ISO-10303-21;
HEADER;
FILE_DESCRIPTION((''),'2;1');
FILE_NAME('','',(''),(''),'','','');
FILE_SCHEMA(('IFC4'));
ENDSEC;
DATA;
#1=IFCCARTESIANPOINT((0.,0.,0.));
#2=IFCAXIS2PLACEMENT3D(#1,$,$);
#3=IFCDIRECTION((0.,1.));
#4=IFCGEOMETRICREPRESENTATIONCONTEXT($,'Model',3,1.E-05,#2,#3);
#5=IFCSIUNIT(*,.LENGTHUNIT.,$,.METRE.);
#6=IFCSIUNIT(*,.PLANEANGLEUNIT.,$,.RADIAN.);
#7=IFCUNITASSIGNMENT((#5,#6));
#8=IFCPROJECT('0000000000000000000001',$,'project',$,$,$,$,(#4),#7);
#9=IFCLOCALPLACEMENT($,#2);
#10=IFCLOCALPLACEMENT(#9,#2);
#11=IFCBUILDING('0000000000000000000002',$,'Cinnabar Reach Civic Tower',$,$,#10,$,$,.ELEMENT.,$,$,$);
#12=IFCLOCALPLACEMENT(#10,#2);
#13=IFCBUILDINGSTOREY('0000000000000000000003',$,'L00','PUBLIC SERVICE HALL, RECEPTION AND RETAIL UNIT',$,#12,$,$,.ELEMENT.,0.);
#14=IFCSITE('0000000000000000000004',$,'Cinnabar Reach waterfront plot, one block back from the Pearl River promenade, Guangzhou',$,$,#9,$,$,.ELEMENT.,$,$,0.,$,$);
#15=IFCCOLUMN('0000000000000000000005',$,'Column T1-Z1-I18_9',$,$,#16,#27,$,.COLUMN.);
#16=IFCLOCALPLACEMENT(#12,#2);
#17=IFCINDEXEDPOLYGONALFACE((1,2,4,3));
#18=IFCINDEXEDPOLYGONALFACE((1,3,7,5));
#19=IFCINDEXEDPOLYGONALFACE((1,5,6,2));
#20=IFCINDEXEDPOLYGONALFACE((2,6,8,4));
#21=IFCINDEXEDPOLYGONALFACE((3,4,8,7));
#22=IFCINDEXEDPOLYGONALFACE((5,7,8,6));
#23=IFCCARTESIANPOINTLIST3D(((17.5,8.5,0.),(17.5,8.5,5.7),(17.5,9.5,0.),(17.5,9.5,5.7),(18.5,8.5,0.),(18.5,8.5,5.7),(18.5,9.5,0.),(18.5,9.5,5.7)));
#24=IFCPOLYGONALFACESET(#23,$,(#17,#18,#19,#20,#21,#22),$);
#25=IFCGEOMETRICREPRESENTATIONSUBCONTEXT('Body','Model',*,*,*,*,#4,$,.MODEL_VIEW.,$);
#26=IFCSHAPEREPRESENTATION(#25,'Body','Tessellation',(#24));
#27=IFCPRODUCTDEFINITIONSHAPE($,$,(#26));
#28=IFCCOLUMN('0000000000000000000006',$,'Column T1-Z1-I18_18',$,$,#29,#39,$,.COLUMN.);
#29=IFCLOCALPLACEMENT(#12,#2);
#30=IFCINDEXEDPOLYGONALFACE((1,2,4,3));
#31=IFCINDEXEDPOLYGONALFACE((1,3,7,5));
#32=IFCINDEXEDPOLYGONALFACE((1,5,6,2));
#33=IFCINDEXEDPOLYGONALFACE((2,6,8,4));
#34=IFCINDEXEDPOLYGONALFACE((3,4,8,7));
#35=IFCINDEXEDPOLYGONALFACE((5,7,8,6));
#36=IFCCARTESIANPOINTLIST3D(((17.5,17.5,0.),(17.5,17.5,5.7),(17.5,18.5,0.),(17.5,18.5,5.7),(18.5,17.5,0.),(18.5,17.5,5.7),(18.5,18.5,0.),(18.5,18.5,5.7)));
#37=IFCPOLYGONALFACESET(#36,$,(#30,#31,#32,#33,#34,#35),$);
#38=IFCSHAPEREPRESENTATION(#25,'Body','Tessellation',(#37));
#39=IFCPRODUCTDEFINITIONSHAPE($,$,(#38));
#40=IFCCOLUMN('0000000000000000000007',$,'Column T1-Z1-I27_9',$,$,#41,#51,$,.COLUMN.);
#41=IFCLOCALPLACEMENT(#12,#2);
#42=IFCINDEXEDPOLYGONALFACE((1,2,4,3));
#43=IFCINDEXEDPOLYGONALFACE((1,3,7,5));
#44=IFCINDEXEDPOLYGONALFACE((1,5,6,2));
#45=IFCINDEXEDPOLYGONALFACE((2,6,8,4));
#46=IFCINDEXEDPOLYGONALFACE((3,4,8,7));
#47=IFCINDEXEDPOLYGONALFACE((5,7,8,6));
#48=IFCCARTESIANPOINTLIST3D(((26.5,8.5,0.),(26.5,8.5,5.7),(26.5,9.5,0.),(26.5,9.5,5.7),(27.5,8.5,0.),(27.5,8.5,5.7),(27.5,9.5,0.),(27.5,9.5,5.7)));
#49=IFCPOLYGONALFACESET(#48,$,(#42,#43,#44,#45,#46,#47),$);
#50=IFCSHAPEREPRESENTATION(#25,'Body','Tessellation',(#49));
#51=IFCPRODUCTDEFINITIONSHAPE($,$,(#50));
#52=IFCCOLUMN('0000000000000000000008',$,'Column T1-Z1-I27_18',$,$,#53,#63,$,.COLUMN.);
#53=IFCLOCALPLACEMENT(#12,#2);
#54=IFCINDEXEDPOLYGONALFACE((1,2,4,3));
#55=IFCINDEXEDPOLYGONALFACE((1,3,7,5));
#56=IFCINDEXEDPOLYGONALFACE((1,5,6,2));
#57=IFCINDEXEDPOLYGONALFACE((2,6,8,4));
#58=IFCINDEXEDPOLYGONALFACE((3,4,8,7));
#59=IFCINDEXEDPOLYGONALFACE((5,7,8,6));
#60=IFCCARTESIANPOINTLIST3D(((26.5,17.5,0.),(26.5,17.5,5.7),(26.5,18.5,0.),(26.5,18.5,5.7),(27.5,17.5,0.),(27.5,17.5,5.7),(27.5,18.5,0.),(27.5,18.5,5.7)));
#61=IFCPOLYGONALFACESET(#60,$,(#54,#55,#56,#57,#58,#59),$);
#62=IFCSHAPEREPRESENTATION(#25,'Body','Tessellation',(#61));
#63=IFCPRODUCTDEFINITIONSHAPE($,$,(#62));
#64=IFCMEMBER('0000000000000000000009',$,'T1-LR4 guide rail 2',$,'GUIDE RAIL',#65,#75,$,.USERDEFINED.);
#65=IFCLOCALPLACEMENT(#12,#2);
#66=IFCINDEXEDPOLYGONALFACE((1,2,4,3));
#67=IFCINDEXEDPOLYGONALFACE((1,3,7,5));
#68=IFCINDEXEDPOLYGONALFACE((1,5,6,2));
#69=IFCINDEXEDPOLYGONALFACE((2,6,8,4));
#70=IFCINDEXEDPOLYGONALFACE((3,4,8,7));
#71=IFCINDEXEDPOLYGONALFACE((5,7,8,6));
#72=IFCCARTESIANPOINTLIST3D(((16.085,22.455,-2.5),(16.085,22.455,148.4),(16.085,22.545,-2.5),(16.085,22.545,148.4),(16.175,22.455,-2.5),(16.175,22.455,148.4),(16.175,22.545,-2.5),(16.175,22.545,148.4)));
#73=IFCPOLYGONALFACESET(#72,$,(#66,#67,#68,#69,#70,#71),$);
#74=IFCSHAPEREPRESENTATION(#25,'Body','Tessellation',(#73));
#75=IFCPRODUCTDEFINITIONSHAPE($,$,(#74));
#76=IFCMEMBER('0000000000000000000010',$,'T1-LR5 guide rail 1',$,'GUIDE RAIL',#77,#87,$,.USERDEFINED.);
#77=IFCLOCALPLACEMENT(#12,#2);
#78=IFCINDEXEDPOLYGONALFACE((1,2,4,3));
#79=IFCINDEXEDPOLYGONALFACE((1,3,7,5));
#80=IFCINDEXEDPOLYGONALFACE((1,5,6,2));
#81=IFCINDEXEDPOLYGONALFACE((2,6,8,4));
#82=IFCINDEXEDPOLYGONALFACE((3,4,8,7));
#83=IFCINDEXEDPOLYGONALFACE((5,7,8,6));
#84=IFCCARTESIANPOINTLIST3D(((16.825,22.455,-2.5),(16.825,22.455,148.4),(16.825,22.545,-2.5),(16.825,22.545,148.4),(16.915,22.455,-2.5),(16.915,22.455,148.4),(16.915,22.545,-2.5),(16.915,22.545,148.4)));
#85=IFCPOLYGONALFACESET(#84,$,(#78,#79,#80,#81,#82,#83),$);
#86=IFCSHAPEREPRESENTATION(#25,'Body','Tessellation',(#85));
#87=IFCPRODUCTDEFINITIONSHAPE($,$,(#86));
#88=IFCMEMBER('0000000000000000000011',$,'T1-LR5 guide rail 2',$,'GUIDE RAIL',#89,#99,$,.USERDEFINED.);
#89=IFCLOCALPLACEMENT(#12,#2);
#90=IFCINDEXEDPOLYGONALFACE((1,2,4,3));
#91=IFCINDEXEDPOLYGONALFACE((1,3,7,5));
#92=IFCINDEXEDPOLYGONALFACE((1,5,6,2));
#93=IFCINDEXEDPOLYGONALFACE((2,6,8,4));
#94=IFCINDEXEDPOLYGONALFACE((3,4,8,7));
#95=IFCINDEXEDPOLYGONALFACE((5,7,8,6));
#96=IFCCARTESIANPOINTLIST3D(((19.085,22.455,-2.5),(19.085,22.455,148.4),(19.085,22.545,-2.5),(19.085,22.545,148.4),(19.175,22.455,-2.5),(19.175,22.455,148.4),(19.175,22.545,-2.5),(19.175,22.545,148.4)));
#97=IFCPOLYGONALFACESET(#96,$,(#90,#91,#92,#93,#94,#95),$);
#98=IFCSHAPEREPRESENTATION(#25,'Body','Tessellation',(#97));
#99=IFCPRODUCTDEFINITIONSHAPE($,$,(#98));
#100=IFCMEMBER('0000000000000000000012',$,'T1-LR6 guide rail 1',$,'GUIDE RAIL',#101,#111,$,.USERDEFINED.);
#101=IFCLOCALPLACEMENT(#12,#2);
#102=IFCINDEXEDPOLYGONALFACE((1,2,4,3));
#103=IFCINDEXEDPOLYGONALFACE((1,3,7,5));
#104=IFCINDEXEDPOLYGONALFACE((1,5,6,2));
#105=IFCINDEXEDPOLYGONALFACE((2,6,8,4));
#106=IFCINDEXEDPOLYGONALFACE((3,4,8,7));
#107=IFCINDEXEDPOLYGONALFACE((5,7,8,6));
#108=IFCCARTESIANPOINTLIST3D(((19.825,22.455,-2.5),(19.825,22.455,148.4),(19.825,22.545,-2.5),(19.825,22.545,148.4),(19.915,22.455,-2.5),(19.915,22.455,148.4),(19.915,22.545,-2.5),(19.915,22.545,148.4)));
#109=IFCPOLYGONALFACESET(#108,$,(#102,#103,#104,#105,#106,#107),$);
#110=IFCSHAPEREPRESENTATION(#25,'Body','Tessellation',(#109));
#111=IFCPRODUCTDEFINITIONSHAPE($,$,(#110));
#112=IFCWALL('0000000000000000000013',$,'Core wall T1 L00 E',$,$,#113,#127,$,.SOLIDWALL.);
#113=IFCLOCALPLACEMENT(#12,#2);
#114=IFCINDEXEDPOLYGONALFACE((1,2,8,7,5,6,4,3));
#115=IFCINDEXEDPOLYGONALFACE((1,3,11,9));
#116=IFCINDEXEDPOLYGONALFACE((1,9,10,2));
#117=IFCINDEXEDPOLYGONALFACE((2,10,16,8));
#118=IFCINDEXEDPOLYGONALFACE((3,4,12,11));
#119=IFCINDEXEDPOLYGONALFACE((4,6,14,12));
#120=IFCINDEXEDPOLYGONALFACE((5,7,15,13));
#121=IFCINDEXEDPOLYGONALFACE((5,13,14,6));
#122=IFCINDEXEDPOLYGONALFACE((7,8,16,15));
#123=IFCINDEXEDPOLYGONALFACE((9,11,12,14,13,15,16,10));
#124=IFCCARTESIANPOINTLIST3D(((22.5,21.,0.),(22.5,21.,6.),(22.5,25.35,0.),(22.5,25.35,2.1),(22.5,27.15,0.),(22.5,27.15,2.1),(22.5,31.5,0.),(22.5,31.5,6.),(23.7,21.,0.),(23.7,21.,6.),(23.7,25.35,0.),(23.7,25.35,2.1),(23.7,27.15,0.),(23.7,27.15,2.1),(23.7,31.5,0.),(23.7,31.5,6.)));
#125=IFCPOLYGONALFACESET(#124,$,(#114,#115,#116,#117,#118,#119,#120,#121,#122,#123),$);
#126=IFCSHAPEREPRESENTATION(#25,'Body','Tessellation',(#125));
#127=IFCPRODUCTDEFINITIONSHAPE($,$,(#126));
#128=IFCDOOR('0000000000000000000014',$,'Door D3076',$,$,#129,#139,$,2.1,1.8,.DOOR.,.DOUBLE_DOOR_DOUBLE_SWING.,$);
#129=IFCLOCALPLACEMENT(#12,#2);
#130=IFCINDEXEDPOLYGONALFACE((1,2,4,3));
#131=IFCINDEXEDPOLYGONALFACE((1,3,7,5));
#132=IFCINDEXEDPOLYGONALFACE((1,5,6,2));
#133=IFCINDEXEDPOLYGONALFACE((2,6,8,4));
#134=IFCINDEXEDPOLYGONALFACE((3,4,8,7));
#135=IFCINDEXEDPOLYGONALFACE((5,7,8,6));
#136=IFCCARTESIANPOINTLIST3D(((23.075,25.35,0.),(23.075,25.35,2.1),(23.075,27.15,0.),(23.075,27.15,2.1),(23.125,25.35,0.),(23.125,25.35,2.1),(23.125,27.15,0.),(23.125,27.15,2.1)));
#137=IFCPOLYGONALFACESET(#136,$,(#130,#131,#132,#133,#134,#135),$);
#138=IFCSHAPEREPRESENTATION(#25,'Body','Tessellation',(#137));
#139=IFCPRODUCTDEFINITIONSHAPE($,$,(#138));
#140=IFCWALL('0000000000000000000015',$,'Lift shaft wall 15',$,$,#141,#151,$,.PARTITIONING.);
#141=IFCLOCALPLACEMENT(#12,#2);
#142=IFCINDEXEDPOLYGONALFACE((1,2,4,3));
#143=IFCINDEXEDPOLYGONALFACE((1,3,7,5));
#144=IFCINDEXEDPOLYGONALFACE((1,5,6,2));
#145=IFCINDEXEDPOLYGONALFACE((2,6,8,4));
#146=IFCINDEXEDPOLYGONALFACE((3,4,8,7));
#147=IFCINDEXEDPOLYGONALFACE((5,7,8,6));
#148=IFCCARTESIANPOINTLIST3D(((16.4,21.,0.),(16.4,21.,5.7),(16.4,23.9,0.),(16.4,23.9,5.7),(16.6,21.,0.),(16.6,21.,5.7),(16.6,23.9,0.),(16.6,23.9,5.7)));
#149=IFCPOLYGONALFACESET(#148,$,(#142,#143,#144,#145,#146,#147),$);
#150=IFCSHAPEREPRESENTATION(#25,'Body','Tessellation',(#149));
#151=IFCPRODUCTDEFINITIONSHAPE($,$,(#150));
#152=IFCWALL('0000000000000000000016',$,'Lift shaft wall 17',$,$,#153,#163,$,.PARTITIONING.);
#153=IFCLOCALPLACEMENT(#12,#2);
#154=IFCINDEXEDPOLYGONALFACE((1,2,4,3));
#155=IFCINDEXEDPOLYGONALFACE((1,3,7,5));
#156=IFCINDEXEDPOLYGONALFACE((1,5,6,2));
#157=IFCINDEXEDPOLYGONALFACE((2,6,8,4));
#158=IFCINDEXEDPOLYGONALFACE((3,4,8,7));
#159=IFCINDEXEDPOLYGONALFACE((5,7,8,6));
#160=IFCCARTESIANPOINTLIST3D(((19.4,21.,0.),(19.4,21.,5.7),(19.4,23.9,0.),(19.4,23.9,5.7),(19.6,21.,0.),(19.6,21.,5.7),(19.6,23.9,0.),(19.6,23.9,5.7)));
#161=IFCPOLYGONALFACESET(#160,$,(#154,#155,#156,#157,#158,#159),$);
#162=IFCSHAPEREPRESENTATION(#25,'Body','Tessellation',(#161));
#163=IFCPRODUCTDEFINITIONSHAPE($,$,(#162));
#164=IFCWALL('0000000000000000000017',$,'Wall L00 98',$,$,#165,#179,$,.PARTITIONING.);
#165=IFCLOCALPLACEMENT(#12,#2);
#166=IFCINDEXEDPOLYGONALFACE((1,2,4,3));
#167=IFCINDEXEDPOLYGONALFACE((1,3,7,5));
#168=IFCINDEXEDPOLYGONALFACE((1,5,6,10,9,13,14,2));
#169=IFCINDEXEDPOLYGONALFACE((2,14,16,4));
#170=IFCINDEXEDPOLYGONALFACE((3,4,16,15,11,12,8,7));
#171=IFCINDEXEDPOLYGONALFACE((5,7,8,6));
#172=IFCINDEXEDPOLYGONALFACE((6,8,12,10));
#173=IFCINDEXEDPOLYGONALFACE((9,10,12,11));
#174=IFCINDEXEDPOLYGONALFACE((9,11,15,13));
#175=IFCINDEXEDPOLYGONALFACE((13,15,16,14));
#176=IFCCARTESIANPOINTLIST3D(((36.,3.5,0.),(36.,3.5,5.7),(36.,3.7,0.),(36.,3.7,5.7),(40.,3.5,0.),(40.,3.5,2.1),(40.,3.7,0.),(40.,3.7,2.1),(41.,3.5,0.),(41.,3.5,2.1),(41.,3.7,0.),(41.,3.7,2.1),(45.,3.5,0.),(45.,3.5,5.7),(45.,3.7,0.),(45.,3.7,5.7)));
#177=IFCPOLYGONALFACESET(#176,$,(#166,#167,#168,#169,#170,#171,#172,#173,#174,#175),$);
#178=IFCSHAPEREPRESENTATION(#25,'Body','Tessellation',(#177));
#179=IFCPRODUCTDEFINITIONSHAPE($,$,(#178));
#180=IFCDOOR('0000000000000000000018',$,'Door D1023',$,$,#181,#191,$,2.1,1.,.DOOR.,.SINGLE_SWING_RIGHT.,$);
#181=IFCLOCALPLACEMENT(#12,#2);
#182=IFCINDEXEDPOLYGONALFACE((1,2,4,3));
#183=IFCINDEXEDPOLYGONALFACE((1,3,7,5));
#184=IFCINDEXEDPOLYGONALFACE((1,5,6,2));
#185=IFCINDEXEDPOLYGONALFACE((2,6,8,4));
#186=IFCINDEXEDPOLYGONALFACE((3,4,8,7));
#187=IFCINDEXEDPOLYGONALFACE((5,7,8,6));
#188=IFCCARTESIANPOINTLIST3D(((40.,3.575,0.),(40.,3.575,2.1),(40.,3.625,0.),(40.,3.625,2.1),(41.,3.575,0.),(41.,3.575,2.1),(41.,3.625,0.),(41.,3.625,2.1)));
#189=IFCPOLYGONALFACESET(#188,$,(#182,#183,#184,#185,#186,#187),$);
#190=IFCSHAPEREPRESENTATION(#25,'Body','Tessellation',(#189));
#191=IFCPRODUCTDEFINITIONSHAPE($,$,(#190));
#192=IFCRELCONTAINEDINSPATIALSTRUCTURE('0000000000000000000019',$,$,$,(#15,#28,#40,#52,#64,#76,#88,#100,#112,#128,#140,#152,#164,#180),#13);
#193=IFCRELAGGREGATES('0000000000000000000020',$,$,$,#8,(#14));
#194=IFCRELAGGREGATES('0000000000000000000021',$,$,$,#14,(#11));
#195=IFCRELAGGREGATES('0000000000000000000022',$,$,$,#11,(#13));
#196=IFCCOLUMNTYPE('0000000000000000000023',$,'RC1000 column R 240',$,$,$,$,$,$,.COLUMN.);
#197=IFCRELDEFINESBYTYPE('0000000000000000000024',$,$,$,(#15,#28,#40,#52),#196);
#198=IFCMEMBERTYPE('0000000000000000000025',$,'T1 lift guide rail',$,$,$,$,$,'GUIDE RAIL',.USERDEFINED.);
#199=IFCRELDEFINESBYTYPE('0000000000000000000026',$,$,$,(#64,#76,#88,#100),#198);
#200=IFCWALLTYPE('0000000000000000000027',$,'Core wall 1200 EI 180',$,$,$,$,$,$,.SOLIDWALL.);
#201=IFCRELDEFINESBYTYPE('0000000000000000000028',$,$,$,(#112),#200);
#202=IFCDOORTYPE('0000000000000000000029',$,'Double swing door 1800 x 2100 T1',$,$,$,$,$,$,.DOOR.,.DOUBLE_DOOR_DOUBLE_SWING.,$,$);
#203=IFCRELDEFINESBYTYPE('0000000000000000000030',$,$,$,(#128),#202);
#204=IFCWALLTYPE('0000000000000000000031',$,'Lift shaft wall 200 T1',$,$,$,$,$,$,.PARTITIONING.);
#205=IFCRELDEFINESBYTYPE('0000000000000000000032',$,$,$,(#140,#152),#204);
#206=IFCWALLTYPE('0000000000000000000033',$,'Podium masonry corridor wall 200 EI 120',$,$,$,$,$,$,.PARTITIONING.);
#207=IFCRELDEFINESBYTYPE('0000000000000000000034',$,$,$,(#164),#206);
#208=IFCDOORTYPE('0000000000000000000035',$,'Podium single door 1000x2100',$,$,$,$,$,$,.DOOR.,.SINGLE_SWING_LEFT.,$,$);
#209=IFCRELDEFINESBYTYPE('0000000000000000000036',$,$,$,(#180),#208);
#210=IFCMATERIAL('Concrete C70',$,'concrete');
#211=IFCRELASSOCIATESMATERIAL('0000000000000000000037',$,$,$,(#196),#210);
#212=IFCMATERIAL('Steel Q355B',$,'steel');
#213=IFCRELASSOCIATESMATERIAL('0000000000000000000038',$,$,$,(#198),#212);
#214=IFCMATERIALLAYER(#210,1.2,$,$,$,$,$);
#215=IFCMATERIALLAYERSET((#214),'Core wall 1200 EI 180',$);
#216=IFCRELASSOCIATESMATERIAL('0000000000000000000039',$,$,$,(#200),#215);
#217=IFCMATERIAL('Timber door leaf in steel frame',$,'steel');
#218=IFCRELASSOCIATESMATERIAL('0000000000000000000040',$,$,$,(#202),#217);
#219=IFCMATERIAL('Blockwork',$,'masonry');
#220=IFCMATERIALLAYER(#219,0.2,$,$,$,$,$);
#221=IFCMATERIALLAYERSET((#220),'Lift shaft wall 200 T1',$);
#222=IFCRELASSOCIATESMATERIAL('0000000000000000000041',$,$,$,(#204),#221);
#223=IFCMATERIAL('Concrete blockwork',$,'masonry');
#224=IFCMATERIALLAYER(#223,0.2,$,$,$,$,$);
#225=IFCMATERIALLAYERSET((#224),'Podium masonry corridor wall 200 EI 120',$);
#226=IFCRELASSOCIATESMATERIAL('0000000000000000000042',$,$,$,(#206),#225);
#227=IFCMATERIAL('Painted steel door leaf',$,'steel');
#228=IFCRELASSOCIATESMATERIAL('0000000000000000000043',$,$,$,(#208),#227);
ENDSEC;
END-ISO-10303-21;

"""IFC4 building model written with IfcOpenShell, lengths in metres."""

from ifc_helpers import new_model, si_unit, direction, frame, frame_2d, origin, origin_2d, place, context, subcontext, project, spatial, rectangle, extrude, material, layer, layer_set, material_profile, profile_set, type_object, element, fill, save


model = new_model("IFC4")

# Units and contexts
model_context = context("Model", 3, precision=1e-05, world=origin(), true_north=direction((0.0, 1.0)))
body_context = subcontext(model_context, "Body", "Model", "MODEL_VIEW")
ifc_project = project(units=[si_unit("LENGTHUNIT", "METRE"), si_unit("PLANEANGLEUNIT", "RADIAN")], contexts=[model_context])

# Site, building, storey
site_placement = place(None, origin())
site = spatial("IfcSite", under=ifc_project, at=site_placement, Name="Cinnabar Reach waterfront plot, one block back from the Pearl River promenade, Guangzhou", CompositionType="ELEMENT", RefElevation=0.0)
building_placement = place(site_placement, origin())
building = spatial("IfcBuilding", under=site, at=building_placement, Name="Cinnabar Reach Civic Tower", CompositionType="ELEMENT")
storey_placement = place(building_placement, origin())
storey = spatial("IfcBuildingStorey", under=building, at=storey_placement, Name="L00", Description="PUBLIC SERVICE HALL, RECEPTION AND RETAIL UNIT", CompositionType="ELEMENT", Elevation=0.0)

# Columns
ifc_material_1 = material(Name="Concrete C70", Category="concrete")
ifc_material_profile_1 = material_profile(ifc_material_1, rectangle(XDim=1.0, YDim=1.0, at=origin_2d()), Name="RC1000")
ifc_profile_set_1 = profile_set([ifc_material_profile_1], Name="Concrete C70")
column_type = type_object("IfcColumnType", Name="RC1000 column R 240", PredefinedType="COLUMN", material=ifc_profile_set_1)
for number, where, z_axis, x_axis, name in (
    (1, (18.0, 9.0, 0.0), (0.0, 0.0, 1.0), (1.0, 0.0, 0.0), "Column T1-Z1-I18_9"),
    (2, (18.0, 18.0, 0.0), (0.0, 0.0, 1.0), (1.0, 0.0, 0.0), "Column T1-Z1-I18_18"),
    (3, (27.0, 9.0, 0.0), (0.0, 0.0, 1.0), (1.0, 0.0, 0.0), "Column T1-Z1-I27_9"),
    (4, (27.0, 18.0, 0.0), (0.0, 0.0, 1.0), (1.0, 0.0, 0.0), "Column T1-Z1-I27_18"),
):
    element("IfcColumn", number, at=place(storey_placement, frame(where, z_axis=z_axis, x_axis=x_axis)), inside=storey, type_object=column_type, Name=name, PredefinedType="COLUMN", context=body_context, shape_type="SweptSolid", body=[
        extrude(rectangle(XDim=1.0, YDim=1.0, at=origin_2d()), origin(), (0.0, 0.0, 1.0), 5.7),
    ])

# Members
ifc_material_2 = material(Name="Steel Q355B", Category="steel")
ifc_material_profile_2 = material_profile(ifc_material_2, rectangle(XDim=0.09, YDim=0.09, at=origin_2d()), Name="T1 lift guide rail")
ifc_profile_set_2 = profile_set([ifc_material_profile_2], Name="Steel Q355B")
member_type = type_object("IfcMemberType", Name="T1 lift guide rail", ElementType="GUIDE RAIL", PredefinedType="USERDEFINED", material=ifc_profile_set_2)
for number, where, z_axis, x_axis, name in (
    (5, (16.13, 22.5, -2.5), (0.0, 0.0, 1.0), (1.0, 0.0, 0.0), "T1-LR4 guide rail 2"),
    (6, (16.87, 22.5, -2.5), (0.0, 0.0, 1.0), (1.0, 0.0, 0.0), "T1-LR5 guide rail 1"),
    (7, (19.13, 22.5, -2.5), (0.0, 0.0, 1.0), (1.0, 0.0, 0.0), "T1-LR5 guide rail 2"),
    (8, (19.87, 22.5, -2.5), (0.0, 0.0, 1.0), (1.0, 0.0, 0.0), "T1-LR6 guide rail 1"),
):
    element("IfcMember", number, at=place(storey_placement, frame(where, z_axis=z_axis, x_axis=x_axis)), inside=storey, type_object=member_type, Name=name, ObjectType="GUIDE RAIL", PredefinedType="USERDEFINED", context=body_context, shape_type="SweptSolid", body=[
        extrude(rectangle(XDim=0.09, YDim=0.09, at=origin_2d()), origin(), (0.0, 0.0, 1.0), 150.9),
    ])

# Wall, opening, door
ifc_layer_1 = layer(ifc_material_1, 1.2)
ifc_layer_set_1 = layer_set([ifc_layer_1], Name="Core wall 1200 EI 180")
wall_type_1 = type_object("IfcWallType", Name="Core wall 1200 EI 180", PredefinedType="SOLIDWALL", material=ifc_layer_set_1)
wall_1_placement = place(storey_placement, frame((23.1, 21.0, 0.0), z_axis=(0.0, 0.0, 1.0), x_axis=(0.0, 1.0, 0.0)))
wall_1 = element("IfcWall", 9, at=wall_1_placement, inside=storey, type_object=wall_type_1, Name="Core wall T1 L00 E", PredefinedType="SOLIDWALL", context=body_context, shape_type="SweptSolid", body=[
    extrude(rectangle(XDim=10.5, YDim=1.2, at=frame_2d((5.25, 0.0))), origin(), (0.0, 0.0, 1.0), 6.0),
])
opening_1_placement = place(wall_1_placement, frame((4.35, 0.0, 0.0)))
opening_1 = element("IfcOpeningElement", 10, at=opening_1_placement, cuts=wall_1, PredefinedType="OPENING", context=body_context, shape_type="SweptSolid", body=[
    extrude(rectangle(XDim=1.8, YDim=2.1, at=frame_2d((0.9, 1.05))), frame((0.0, 0.61, 0.0), z_axis=(0.0, -1.0, 0.0), x_axis=(1.0, 0.0, 0.0)), (0.0, 0.0, 1.0), 1.22),
])
ifc_material_3 = material(Name="Timber door leaf in steel frame", Category="steel")
door_type_1 = type_object("IfcDoorType", Name="Double swing door 1800 x 2100 T1", OperationType="DOUBLE_DOOR_DOUBLE_SWING", PredefinedType="DOOR", material=ifc_material_3)
door_1_placement = place(opening_1_placement, origin())
door_1 = element("IfcDoor", 11, at=door_1_placement, inside=storey, type_object=door_type_1, Name="Door D3076", OperationType="DOUBLE_DOOR_DOUBLE_SWING", OverallHeight=2.1, OverallWidth=1.8, PredefinedType="DOOR", context=body_context, shape_type="SweptSolid", body=[
    extrude(rectangle(XDim=1.8, YDim=2.1, at=frame_2d((0.9, 1.05))), frame((0.0, 0.025, 0.0), z_axis=(0.0, -1.0, 0.0), x_axis=(1.0, 0.0, 0.0)), (0.0, 0.0, 1.0), 0.05),
])
fill(opening_1, door_1)

# Walls
ifc_material_4 = material(Name="Blockwork", Category="masonry")
ifc_layer_2 = layer(ifc_material_4, 0.2)
ifc_layer_set_2 = layer_set([ifc_layer_2], Name="Lift shaft wall 200 T1")
wall_type_2 = type_object("IfcWallType", Name="Lift shaft wall 200 T1", PredefinedType="PARTITIONING", material=ifc_layer_set_2)
for number, where, z_axis, x_axis, name in (
    (12, (16.5, 21.0, 0.0), (0.0, 0.0, 1.0), (0.0, 1.0, 0.0), "Lift shaft wall 15"),
    (13, (19.5, 21.0, 0.0), (0.0, 0.0, 1.0), (0.0, 1.0, 0.0), "Lift shaft wall 17"),
):
    element("IfcWall", number, at=place(storey_placement, frame(where, z_axis=z_axis, x_axis=x_axis)), inside=storey, type_object=wall_type_2, Name=name, PredefinedType="PARTITIONING", context=body_context, shape_type="SweptSolid", body=[
        extrude(rectangle(XDim=2.9, YDim=0.2, at=frame_2d((1.45, 0.0))), origin(), (0.0, 0.0, 1.0), 5.7),
    ])

# Wall, opening, door
ifc_material_5 = material(Name="Concrete blockwork", Category="masonry")
ifc_layer_3 = layer(ifc_material_5, 0.2)
ifc_layer_set_3 = layer_set([ifc_layer_3], Name="Podium masonry corridor wall 200 EI 120")
wall_type_3 = type_object("IfcWallType", Name="Podium masonry corridor wall 200 EI 120", PredefinedType="PARTITIONING", material=ifc_layer_set_3)
wall_2_placement = place(storey_placement, frame((36.0, 3.6, 0.0), z_axis=(0.0, 0.0, 1.0), x_axis=(1.0, 0.0, 0.0)))
wall_2 = element("IfcWall", 14, at=wall_2_placement, inside=storey, type_object=wall_type_3, Name="Wall L00 98", PredefinedType="PARTITIONING", context=body_context, shape_type="SweptSolid", body=[
    extrude(rectangle(XDim=9.0, YDim=0.2, at=frame_2d((4.5, 0.0))), origin(), (0.0, 0.0, 1.0), 5.7),
])
opening_2_placement = place(wall_2_placement, frame((4.0, 0.0, 0.0)))
opening_2 = element("IfcOpeningElement", 15, at=opening_2_placement, cuts=wall_2, PredefinedType="OPENING", context=body_context, shape_type="SweptSolid", body=[
    extrude(rectangle(XDim=1.0, YDim=2.1, at=frame_2d((0.5, 1.05))), frame((0.0, 0.11, 0.0), z_axis=(0.0, -1.0, 0.0), x_axis=(1.0, 0.0, 0.0)), (0.0, 0.0, 1.0), 0.22),
])
ifc_material_6 = material(Name="Painted steel door leaf", Category="steel")
door_type_2 = type_object("IfcDoorType", Name="Podium single door 1000x2100", OperationType="SINGLE_SWING_LEFT", PredefinedType="DOOR", material=ifc_material_6)
door_2_placement = place(opening_2_placement, origin())
door_2 = element("IfcDoor", 16, at=door_2_placement, inside=storey, type_object=door_type_2, Name="Door D1023", OperationType="SINGLE_SWING_RIGHT", OverallHeight=2.1, OverallWidth=1.0, PredefinedType="DOOR", context=body_context, shape_type="SweptSolid", body=[
    extrude(rectangle(XDim=1.0, YDim=2.1, at=frame_2d((0.5, 1.05))), frame((0.0, 0.025, 0.0), z_axis=(0.0, -1.0, 0.0), x_axis=(1.0, 0.0, 0.0)), (0.0, 0.0, 1.0), 0.05),
])
fill(opening_2, door_2)

save(model, "model.ifc")
